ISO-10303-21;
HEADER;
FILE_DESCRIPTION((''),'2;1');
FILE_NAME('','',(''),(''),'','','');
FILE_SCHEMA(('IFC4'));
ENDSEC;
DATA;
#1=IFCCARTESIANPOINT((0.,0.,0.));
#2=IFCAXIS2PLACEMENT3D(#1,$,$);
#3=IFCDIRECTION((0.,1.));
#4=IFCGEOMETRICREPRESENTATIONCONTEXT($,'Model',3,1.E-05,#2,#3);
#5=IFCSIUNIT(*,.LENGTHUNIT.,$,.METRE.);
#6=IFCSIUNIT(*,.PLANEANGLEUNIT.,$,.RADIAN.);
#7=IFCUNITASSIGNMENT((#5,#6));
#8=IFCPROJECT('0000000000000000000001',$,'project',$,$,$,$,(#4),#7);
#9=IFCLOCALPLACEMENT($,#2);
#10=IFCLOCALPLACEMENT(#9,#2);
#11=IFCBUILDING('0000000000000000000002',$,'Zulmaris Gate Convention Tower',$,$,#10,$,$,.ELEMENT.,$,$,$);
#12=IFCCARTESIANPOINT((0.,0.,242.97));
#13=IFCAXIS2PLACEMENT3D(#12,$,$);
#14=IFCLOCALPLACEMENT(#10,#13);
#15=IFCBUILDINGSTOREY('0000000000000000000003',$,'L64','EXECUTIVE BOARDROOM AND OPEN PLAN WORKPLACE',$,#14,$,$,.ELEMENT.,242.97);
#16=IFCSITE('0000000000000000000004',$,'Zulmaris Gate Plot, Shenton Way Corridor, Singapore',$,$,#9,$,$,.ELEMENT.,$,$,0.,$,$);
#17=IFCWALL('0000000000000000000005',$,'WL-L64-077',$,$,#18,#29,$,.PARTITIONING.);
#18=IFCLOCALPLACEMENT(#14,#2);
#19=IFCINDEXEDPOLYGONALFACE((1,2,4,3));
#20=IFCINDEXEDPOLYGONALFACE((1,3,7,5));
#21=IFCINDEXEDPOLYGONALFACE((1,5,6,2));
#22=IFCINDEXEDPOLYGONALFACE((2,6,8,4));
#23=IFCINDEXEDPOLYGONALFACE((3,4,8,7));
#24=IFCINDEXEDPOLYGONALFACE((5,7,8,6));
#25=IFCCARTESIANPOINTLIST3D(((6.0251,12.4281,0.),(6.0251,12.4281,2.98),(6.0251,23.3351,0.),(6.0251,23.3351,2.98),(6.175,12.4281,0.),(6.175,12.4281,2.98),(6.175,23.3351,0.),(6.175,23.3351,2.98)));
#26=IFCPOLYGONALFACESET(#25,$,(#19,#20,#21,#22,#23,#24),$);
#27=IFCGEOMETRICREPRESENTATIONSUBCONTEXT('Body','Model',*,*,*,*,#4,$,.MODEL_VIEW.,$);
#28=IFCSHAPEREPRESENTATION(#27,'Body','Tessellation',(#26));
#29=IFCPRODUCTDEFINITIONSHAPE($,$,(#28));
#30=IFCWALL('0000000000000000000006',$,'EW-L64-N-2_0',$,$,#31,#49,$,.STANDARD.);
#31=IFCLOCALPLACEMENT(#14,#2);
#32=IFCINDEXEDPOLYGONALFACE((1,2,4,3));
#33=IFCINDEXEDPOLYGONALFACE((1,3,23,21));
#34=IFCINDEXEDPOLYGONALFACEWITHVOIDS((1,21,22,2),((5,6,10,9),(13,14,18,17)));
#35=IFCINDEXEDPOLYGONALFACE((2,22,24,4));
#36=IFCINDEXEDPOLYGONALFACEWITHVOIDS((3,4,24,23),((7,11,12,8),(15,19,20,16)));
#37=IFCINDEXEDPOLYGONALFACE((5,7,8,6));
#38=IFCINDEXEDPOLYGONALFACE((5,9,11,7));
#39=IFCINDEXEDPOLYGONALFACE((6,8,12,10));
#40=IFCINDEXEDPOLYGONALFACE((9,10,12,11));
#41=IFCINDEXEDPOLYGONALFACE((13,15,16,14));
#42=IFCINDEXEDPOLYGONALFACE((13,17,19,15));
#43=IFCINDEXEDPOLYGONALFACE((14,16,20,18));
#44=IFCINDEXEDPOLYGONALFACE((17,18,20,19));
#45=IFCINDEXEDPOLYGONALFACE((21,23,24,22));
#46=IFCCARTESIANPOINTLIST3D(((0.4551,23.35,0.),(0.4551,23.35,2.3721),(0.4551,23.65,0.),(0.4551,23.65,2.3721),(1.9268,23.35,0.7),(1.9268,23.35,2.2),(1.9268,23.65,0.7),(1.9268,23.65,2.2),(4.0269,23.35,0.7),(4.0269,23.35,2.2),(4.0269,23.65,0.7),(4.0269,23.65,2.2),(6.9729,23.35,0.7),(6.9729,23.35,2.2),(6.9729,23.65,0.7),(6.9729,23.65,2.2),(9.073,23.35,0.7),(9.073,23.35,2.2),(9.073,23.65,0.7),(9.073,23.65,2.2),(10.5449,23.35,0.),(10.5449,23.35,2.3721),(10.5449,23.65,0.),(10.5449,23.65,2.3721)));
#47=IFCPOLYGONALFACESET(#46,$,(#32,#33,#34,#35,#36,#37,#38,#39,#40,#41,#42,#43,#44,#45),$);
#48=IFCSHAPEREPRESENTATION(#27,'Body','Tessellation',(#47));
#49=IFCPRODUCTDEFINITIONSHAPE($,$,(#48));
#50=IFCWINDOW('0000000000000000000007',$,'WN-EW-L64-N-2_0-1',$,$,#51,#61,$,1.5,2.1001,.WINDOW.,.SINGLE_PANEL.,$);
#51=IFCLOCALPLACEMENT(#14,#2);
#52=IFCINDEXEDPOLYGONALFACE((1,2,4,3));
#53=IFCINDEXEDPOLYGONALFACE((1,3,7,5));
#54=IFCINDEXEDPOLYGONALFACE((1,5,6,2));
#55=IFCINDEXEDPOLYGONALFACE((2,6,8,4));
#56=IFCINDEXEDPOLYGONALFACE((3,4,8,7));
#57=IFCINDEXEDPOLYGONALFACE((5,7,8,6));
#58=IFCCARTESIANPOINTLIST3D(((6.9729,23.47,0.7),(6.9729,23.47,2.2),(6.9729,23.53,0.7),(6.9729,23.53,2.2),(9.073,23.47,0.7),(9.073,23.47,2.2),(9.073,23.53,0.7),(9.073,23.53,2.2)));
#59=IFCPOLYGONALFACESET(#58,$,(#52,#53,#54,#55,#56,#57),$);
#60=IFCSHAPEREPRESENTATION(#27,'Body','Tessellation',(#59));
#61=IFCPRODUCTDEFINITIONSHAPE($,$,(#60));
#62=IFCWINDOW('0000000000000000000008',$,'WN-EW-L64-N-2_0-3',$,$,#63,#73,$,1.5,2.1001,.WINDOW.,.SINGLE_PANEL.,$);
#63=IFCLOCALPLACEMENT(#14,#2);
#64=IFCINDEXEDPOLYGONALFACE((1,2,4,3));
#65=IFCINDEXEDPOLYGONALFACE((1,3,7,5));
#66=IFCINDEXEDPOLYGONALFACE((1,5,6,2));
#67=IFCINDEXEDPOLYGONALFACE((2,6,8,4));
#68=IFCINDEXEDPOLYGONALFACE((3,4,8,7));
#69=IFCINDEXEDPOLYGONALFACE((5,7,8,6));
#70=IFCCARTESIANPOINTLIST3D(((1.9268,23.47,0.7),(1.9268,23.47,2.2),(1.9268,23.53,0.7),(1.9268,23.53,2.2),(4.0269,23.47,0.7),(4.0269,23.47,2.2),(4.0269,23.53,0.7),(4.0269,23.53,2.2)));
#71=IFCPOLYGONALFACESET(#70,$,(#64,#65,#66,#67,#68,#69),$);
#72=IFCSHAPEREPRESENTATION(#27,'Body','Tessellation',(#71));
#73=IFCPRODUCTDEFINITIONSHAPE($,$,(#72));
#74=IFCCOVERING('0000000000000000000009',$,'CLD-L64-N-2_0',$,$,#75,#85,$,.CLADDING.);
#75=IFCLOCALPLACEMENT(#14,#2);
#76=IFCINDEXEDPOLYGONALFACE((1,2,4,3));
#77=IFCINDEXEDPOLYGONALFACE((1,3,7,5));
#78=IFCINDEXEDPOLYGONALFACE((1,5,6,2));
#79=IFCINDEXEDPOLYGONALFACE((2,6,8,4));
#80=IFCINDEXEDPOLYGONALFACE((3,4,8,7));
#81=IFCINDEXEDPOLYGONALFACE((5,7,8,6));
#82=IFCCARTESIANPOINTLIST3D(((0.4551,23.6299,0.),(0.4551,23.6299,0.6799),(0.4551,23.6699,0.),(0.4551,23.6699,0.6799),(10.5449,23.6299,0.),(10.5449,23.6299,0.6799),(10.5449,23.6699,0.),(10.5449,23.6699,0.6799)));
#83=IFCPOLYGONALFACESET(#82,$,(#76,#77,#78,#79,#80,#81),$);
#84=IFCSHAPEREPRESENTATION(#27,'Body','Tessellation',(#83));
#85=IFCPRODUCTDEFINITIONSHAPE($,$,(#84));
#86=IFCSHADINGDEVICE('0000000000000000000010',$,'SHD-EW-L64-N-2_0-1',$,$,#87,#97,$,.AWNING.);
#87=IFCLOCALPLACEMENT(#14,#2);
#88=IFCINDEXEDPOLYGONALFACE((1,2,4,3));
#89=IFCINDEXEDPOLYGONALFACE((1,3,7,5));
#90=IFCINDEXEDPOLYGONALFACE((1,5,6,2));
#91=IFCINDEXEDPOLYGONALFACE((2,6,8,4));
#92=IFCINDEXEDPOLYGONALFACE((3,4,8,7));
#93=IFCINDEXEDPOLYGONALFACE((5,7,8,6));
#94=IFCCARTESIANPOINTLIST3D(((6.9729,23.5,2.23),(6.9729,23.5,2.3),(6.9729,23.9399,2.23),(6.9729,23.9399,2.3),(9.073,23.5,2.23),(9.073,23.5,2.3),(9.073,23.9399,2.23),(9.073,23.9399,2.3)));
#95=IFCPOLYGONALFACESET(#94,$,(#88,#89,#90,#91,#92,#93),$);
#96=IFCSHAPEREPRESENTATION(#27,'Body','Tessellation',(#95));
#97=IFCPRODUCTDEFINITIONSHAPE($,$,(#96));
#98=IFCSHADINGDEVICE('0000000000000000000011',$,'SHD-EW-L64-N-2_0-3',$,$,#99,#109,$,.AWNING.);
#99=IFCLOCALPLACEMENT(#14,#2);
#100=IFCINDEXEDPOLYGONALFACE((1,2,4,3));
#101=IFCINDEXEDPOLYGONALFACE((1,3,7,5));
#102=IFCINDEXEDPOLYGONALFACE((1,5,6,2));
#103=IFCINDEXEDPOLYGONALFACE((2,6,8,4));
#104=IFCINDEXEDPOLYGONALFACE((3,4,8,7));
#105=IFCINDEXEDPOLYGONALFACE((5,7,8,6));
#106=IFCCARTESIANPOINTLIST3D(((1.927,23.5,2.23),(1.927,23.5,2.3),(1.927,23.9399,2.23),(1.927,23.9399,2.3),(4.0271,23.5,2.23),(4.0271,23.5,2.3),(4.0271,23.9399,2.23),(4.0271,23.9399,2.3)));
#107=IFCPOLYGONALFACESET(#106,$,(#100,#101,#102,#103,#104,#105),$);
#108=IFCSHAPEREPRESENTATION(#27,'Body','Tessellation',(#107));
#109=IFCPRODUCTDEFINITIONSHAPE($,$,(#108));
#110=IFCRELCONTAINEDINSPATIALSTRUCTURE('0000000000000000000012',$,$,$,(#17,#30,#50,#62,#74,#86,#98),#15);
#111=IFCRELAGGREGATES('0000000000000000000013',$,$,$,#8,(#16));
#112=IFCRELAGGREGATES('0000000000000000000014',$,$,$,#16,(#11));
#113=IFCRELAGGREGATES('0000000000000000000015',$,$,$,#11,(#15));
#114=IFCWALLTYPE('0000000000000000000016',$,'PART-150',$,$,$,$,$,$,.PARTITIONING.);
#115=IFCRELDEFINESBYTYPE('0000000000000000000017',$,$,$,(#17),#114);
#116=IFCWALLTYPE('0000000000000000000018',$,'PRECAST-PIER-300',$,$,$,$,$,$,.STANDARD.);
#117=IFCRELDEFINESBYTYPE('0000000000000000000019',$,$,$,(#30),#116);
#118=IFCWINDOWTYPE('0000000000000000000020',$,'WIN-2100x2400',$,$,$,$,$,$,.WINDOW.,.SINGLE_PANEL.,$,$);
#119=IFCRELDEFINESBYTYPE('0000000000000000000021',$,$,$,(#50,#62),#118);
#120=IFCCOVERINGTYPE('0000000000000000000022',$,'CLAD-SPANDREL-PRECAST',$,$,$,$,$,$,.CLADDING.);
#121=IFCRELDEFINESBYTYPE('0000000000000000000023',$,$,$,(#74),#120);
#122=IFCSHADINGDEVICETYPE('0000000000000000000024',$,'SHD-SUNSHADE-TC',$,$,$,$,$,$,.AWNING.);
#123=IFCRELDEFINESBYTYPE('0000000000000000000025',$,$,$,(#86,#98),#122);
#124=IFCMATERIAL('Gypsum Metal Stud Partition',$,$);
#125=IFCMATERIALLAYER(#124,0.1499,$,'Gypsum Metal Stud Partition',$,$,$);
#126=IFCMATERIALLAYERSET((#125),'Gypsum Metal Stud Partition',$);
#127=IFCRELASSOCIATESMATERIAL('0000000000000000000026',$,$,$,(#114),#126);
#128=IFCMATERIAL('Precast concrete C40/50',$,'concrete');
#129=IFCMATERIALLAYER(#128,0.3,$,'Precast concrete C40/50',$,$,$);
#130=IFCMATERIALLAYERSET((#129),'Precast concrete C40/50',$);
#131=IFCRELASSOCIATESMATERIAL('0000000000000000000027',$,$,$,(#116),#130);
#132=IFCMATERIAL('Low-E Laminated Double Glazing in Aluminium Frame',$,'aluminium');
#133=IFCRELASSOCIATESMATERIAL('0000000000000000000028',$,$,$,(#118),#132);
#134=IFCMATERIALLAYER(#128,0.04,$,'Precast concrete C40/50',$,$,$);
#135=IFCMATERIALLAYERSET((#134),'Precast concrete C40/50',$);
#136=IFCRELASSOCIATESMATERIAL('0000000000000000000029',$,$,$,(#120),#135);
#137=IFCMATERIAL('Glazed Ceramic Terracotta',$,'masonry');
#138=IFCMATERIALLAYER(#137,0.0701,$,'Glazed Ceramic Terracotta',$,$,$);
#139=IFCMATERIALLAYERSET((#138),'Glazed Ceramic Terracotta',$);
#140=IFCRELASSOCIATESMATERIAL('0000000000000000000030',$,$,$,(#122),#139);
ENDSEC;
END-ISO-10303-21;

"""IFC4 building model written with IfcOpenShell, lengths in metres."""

from ifc_helpers import new_model, si_unit, direction, frame, frame_2d, origin, place, context, subcontext, project, spatial, rectangle, extrude, material, layer, layer_set, type_object, element, fill, save


model = new_model("IFC4")

# Units and contexts
model_context = context("Model", 3, precision=1e-05, world=origin(), true_north=direction((0.0, 1.0)))
body_context = subcontext(model_context, "Body", "Model", "MODEL_VIEW")
ifc_project = project(units=[si_unit("LENGTHUNIT", "METRE"), si_unit("PLANEANGLEUNIT", "RADIAN")], contexts=[model_context])

# Site, building, storey
site_placement = place(None, origin())
site = spatial("IfcSite", under=ifc_project, at=site_placement, Name="Zulmaris Gate Plot, Shenton Way Corridor, Singapore", CompositionType="ELEMENT", RefElevation=0.0)
building_placement = place(site_placement, origin())
building = spatial("IfcBuilding", under=site, at=building_placement, Name="Zulmaris Gate Convention Tower", CompositionType="ELEMENT")
storey_placement = place(building_placement, frame((0.0, 0.0, 242.97)))
storey = spatial("IfcBuildingStorey", under=building, at=storey_placement, Name="L64", Description="EXECUTIVE BOARDROOM AND OPEN PLAN WORKPLACE", CompositionType="ELEMENT", Elevation=242.97)

# Wall
ifc_material_1 = material(Name="Gypsum Metal Stud Partition")
ifc_layer_1 = layer(ifc_material_1, 0.1499, Name="Gypsum Metal Stud Partition")
ifc_layer_set_1 = layer_set([ifc_layer_1], Name="Gypsum Metal Stud Partition")
wall_type_1 = type_object("IfcWallType", Name="PART-150", PredefinedType="PARTITIONING", material=ifc_layer_set_1)
wall_1_placement = place(storey_placement, frame((6.1001, 12.428, 0.0), z_axis=(0.0, 0.0, 1.0), x_axis=(0.0, 1.0, 0.0)))
element("IfcWall", 1, at=wall_1_placement, inside=storey, type_object=wall_type_1, Name="WL-L64-077", PredefinedType="PARTITIONING", context=body_context, shape_type="SweptSolid", body=[
    extrude(rectangle(XDim=10.907, YDim=0.1499, at=frame_2d((5.4536, 0.0))), origin(), (0.0, 0.0, 1.0), 2.98),
])

# Wall, openings, windows
ifc_material_2 = material(Name="Precast concrete C40/50", Category="concrete")
ifc_layer_2 = layer(ifc_material_2, 0.3, Name="Precast concrete C40/50")
ifc_layer_set_2 = layer_set([ifc_layer_2], Name="Precast concrete C40/50")
wall_type_2 = type_object("IfcWallType", Name="PRECAST-PIER-300", PredefinedType="STANDARD", material=ifc_layer_set_2)
wall_2_placement = place(storey_placement, frame((10.5449, 23.5, 0.0), z_axis=(0.0, 0.0, 1.0), x_axis=(-1.0, 0.0, 0.0)))
wall_2 = element("IfcWall", 2, at=wall_2_placement, inside=storey, type_object=wall_type_2, Name="EW-L64-N-2_0", PredefinedType="STANDARD", context=body_context, shape_type="SweptSolid", body=[
    extrude(rectangle(XDim=10.0898, YDim=0.3, at=frame_2d((5.0449, 0.0))), origin(), (0.0, 0.0, 1.0), 2.3721),
])
opening_1_placement = place(wall_2_placement, frame((1.4719, 0.0, 0.7)))
opening_1 = element("IfcOpeningElement", 3, at=opening_1_placement, cuts=wall_2, PredefinedType="OPENING", context=body_context, shape_type="SweptSolid", body=[
    extrude(rectangle(XDim=2.1001, YDim=1.5, at=frame_2d((1.05, 0.75))), frame((0.0, 0.1602, 0.0), z_axis=(0.0, -1.0, 0.0), x_axis=(1.0, 0.0, 0.0)), (0.0, 0.0, 1.0), 0.3201),
])
opening_2_placement = place(wall_2_placement, frame((6.5181, 0.0, 0.7)))
opening_2 = element("IfcOpeningElement", 4, at=opening_2_placement, cuts=wall_2, PredefinedType="OPENING", context=body_context, shape_type="SweptSolid", body=[
    extrude(rectangle(XDim=2.1001, YDim=1.5, at=frame_2d((1.05, 0.75))), frame((0.0, 0.1602, 0.0), z_axis=(0.0, -1.0, 0.0), x_axis=(1.0, 0.0, 0.0)), (0.0, 0.0, 1.0), 0.3201),
])
ifc_material_3 = material(Name="Low-E Laminated Double Glazing in Aluminium Frame", Category="aluminium")
window_type = type_object("IfcWindowType", Name="WIN-2100x2400", PartitioningType="SINGLE_PANEL", PredefinedType="WINDOW", material=ifc_material_3)
window_1_placement = place(opening_1_placement, origin())
window_1 = element("IfcWindow", 5, at=window_1_placement, inside=storey, type_object=window_type, Name="WN-EW-L64-N-2_0-1", OverallHeight=1.5, OverallWidth=2.1001, PartitioningType="SINGLE_PANEL", PredefinedType="WINDOW", context=body_context, shape_type="SweptSolid", body=[
    extrude(rectangle(XDim=2.1001, YDim=1.5, at=frame_2d((1.05, 0.75))), frame((0.0, 0.03, 0.0), z_axis=(0.0, -1.0, 0.0), x_axis=(1.0, 0.0, 0.0)), (0.0, 0.0, 1.0), 0.0601),
])
fill(opening_1, window_1)
window_2_placement = place(opening_2_placement, origin())
window_2 = element("IfcWindow", 6, at=window_2_placement, inside=storey, type_object=window_type, Name="WN-EW-L64-N-2_0-3", OverallHeight=1.5, OverallWidth=2.1001, PartitioningType="SINGLE_PANEL", PredefinedType="WINDOW", context=body_context, shape_type="SweptSolid", body=[
    extrude(rectangle(XDim=2.1001, YDim=1.5, at=frame_2d((1.05, 0.75))), frame((0.0, 0.03, 0.0), z_axis=(0.0, -1.0, 0.0), x_axis=(1.0, 0.0, 0.0)), (0.0, 0.0, 1.0), 0.0601),
])
fill(opening_2, window_2)

# Covering
ifc_layer_3 = layer(ifc_material_2, 0.04, Name="Precast concrete C40/50")
ifc_layer_set_3 = layer_set([ifc_layer_3], Name="Precast concrete C40/50")
covering_type = type_object("IfcCoveringType", Name="CLAD-SPANDREL-PRECAST", PredefinedType="CLADDING", material=ifc_layer_set_3)
covering_placement = place(storey_placement, frame((10.5449, 23.6499, 0.0), z_axis=(0.0, 0.0, 1.0), x_axis=(-1.0, 0.0, 0.0)))
element("IfcCovering", 7, at=covering_placement, inside=storey, type_object=covering_type, Name="CLD-L64-N-2_0", PredefinedType="CLADDING", context=body_context, shape_type="SweptSolid", body=[
    extrude(rectangle(XDim=10.0898, YDim=0.04, at=frame_2d((5.0449, 0.0))), origin(), (0.0, 0.0, 1.0), 0.6799),
])

# Shading devices
ifc_material_4 = material(Name="Glazed Ceramic Terracotta", Category="masonry")
ifc_layer_4 = layer(ifc_material_4, 0.0701, Name="Glazed Ceramic Terracotta")
ifc_layer_set_4 = layer_set([ifc_layer_4], Name="Glazed Ceramic Terracotta")
shading_device_type = type_object("IfcShadingDeviceType", Name="SHD-SUNSHADE-TC", PredefinedType="AWNING", material=ifc_layer_set_4)
for number, where, z_axis, x_axis, name in (
    (8, (9.073, 23.72, 2.23), (0.0, 0.0, 1.0), (-1.0, 0.0, 0.0), "SHD-EW-L64-N-2_0-1"),
    (9, (4.0271, 23.72, 2.23), (0.0, 0.0, 1.0), (-1.0, 0.0, 0.0), "SHD-EW-L64-N-2_0-3"),
):
    element("IfcShadingDevice", number, at=place(storey_placement, frame(where, z_axis=z_axis, x_axis=x_axis)), inside=storey, type_object=shading_device_type, Name=name, PredefinedType="AWNING", context=body_context, shape_type="SweptSolid", body=[
        extrude(rectangle(XDim=2.1001, YDim=0.4399, at=frame_2d((1.05, 0.0))), origin(), (0.0, 0.0, 1.0), 0.0701),
    ])

save(model, "model.ifc")
